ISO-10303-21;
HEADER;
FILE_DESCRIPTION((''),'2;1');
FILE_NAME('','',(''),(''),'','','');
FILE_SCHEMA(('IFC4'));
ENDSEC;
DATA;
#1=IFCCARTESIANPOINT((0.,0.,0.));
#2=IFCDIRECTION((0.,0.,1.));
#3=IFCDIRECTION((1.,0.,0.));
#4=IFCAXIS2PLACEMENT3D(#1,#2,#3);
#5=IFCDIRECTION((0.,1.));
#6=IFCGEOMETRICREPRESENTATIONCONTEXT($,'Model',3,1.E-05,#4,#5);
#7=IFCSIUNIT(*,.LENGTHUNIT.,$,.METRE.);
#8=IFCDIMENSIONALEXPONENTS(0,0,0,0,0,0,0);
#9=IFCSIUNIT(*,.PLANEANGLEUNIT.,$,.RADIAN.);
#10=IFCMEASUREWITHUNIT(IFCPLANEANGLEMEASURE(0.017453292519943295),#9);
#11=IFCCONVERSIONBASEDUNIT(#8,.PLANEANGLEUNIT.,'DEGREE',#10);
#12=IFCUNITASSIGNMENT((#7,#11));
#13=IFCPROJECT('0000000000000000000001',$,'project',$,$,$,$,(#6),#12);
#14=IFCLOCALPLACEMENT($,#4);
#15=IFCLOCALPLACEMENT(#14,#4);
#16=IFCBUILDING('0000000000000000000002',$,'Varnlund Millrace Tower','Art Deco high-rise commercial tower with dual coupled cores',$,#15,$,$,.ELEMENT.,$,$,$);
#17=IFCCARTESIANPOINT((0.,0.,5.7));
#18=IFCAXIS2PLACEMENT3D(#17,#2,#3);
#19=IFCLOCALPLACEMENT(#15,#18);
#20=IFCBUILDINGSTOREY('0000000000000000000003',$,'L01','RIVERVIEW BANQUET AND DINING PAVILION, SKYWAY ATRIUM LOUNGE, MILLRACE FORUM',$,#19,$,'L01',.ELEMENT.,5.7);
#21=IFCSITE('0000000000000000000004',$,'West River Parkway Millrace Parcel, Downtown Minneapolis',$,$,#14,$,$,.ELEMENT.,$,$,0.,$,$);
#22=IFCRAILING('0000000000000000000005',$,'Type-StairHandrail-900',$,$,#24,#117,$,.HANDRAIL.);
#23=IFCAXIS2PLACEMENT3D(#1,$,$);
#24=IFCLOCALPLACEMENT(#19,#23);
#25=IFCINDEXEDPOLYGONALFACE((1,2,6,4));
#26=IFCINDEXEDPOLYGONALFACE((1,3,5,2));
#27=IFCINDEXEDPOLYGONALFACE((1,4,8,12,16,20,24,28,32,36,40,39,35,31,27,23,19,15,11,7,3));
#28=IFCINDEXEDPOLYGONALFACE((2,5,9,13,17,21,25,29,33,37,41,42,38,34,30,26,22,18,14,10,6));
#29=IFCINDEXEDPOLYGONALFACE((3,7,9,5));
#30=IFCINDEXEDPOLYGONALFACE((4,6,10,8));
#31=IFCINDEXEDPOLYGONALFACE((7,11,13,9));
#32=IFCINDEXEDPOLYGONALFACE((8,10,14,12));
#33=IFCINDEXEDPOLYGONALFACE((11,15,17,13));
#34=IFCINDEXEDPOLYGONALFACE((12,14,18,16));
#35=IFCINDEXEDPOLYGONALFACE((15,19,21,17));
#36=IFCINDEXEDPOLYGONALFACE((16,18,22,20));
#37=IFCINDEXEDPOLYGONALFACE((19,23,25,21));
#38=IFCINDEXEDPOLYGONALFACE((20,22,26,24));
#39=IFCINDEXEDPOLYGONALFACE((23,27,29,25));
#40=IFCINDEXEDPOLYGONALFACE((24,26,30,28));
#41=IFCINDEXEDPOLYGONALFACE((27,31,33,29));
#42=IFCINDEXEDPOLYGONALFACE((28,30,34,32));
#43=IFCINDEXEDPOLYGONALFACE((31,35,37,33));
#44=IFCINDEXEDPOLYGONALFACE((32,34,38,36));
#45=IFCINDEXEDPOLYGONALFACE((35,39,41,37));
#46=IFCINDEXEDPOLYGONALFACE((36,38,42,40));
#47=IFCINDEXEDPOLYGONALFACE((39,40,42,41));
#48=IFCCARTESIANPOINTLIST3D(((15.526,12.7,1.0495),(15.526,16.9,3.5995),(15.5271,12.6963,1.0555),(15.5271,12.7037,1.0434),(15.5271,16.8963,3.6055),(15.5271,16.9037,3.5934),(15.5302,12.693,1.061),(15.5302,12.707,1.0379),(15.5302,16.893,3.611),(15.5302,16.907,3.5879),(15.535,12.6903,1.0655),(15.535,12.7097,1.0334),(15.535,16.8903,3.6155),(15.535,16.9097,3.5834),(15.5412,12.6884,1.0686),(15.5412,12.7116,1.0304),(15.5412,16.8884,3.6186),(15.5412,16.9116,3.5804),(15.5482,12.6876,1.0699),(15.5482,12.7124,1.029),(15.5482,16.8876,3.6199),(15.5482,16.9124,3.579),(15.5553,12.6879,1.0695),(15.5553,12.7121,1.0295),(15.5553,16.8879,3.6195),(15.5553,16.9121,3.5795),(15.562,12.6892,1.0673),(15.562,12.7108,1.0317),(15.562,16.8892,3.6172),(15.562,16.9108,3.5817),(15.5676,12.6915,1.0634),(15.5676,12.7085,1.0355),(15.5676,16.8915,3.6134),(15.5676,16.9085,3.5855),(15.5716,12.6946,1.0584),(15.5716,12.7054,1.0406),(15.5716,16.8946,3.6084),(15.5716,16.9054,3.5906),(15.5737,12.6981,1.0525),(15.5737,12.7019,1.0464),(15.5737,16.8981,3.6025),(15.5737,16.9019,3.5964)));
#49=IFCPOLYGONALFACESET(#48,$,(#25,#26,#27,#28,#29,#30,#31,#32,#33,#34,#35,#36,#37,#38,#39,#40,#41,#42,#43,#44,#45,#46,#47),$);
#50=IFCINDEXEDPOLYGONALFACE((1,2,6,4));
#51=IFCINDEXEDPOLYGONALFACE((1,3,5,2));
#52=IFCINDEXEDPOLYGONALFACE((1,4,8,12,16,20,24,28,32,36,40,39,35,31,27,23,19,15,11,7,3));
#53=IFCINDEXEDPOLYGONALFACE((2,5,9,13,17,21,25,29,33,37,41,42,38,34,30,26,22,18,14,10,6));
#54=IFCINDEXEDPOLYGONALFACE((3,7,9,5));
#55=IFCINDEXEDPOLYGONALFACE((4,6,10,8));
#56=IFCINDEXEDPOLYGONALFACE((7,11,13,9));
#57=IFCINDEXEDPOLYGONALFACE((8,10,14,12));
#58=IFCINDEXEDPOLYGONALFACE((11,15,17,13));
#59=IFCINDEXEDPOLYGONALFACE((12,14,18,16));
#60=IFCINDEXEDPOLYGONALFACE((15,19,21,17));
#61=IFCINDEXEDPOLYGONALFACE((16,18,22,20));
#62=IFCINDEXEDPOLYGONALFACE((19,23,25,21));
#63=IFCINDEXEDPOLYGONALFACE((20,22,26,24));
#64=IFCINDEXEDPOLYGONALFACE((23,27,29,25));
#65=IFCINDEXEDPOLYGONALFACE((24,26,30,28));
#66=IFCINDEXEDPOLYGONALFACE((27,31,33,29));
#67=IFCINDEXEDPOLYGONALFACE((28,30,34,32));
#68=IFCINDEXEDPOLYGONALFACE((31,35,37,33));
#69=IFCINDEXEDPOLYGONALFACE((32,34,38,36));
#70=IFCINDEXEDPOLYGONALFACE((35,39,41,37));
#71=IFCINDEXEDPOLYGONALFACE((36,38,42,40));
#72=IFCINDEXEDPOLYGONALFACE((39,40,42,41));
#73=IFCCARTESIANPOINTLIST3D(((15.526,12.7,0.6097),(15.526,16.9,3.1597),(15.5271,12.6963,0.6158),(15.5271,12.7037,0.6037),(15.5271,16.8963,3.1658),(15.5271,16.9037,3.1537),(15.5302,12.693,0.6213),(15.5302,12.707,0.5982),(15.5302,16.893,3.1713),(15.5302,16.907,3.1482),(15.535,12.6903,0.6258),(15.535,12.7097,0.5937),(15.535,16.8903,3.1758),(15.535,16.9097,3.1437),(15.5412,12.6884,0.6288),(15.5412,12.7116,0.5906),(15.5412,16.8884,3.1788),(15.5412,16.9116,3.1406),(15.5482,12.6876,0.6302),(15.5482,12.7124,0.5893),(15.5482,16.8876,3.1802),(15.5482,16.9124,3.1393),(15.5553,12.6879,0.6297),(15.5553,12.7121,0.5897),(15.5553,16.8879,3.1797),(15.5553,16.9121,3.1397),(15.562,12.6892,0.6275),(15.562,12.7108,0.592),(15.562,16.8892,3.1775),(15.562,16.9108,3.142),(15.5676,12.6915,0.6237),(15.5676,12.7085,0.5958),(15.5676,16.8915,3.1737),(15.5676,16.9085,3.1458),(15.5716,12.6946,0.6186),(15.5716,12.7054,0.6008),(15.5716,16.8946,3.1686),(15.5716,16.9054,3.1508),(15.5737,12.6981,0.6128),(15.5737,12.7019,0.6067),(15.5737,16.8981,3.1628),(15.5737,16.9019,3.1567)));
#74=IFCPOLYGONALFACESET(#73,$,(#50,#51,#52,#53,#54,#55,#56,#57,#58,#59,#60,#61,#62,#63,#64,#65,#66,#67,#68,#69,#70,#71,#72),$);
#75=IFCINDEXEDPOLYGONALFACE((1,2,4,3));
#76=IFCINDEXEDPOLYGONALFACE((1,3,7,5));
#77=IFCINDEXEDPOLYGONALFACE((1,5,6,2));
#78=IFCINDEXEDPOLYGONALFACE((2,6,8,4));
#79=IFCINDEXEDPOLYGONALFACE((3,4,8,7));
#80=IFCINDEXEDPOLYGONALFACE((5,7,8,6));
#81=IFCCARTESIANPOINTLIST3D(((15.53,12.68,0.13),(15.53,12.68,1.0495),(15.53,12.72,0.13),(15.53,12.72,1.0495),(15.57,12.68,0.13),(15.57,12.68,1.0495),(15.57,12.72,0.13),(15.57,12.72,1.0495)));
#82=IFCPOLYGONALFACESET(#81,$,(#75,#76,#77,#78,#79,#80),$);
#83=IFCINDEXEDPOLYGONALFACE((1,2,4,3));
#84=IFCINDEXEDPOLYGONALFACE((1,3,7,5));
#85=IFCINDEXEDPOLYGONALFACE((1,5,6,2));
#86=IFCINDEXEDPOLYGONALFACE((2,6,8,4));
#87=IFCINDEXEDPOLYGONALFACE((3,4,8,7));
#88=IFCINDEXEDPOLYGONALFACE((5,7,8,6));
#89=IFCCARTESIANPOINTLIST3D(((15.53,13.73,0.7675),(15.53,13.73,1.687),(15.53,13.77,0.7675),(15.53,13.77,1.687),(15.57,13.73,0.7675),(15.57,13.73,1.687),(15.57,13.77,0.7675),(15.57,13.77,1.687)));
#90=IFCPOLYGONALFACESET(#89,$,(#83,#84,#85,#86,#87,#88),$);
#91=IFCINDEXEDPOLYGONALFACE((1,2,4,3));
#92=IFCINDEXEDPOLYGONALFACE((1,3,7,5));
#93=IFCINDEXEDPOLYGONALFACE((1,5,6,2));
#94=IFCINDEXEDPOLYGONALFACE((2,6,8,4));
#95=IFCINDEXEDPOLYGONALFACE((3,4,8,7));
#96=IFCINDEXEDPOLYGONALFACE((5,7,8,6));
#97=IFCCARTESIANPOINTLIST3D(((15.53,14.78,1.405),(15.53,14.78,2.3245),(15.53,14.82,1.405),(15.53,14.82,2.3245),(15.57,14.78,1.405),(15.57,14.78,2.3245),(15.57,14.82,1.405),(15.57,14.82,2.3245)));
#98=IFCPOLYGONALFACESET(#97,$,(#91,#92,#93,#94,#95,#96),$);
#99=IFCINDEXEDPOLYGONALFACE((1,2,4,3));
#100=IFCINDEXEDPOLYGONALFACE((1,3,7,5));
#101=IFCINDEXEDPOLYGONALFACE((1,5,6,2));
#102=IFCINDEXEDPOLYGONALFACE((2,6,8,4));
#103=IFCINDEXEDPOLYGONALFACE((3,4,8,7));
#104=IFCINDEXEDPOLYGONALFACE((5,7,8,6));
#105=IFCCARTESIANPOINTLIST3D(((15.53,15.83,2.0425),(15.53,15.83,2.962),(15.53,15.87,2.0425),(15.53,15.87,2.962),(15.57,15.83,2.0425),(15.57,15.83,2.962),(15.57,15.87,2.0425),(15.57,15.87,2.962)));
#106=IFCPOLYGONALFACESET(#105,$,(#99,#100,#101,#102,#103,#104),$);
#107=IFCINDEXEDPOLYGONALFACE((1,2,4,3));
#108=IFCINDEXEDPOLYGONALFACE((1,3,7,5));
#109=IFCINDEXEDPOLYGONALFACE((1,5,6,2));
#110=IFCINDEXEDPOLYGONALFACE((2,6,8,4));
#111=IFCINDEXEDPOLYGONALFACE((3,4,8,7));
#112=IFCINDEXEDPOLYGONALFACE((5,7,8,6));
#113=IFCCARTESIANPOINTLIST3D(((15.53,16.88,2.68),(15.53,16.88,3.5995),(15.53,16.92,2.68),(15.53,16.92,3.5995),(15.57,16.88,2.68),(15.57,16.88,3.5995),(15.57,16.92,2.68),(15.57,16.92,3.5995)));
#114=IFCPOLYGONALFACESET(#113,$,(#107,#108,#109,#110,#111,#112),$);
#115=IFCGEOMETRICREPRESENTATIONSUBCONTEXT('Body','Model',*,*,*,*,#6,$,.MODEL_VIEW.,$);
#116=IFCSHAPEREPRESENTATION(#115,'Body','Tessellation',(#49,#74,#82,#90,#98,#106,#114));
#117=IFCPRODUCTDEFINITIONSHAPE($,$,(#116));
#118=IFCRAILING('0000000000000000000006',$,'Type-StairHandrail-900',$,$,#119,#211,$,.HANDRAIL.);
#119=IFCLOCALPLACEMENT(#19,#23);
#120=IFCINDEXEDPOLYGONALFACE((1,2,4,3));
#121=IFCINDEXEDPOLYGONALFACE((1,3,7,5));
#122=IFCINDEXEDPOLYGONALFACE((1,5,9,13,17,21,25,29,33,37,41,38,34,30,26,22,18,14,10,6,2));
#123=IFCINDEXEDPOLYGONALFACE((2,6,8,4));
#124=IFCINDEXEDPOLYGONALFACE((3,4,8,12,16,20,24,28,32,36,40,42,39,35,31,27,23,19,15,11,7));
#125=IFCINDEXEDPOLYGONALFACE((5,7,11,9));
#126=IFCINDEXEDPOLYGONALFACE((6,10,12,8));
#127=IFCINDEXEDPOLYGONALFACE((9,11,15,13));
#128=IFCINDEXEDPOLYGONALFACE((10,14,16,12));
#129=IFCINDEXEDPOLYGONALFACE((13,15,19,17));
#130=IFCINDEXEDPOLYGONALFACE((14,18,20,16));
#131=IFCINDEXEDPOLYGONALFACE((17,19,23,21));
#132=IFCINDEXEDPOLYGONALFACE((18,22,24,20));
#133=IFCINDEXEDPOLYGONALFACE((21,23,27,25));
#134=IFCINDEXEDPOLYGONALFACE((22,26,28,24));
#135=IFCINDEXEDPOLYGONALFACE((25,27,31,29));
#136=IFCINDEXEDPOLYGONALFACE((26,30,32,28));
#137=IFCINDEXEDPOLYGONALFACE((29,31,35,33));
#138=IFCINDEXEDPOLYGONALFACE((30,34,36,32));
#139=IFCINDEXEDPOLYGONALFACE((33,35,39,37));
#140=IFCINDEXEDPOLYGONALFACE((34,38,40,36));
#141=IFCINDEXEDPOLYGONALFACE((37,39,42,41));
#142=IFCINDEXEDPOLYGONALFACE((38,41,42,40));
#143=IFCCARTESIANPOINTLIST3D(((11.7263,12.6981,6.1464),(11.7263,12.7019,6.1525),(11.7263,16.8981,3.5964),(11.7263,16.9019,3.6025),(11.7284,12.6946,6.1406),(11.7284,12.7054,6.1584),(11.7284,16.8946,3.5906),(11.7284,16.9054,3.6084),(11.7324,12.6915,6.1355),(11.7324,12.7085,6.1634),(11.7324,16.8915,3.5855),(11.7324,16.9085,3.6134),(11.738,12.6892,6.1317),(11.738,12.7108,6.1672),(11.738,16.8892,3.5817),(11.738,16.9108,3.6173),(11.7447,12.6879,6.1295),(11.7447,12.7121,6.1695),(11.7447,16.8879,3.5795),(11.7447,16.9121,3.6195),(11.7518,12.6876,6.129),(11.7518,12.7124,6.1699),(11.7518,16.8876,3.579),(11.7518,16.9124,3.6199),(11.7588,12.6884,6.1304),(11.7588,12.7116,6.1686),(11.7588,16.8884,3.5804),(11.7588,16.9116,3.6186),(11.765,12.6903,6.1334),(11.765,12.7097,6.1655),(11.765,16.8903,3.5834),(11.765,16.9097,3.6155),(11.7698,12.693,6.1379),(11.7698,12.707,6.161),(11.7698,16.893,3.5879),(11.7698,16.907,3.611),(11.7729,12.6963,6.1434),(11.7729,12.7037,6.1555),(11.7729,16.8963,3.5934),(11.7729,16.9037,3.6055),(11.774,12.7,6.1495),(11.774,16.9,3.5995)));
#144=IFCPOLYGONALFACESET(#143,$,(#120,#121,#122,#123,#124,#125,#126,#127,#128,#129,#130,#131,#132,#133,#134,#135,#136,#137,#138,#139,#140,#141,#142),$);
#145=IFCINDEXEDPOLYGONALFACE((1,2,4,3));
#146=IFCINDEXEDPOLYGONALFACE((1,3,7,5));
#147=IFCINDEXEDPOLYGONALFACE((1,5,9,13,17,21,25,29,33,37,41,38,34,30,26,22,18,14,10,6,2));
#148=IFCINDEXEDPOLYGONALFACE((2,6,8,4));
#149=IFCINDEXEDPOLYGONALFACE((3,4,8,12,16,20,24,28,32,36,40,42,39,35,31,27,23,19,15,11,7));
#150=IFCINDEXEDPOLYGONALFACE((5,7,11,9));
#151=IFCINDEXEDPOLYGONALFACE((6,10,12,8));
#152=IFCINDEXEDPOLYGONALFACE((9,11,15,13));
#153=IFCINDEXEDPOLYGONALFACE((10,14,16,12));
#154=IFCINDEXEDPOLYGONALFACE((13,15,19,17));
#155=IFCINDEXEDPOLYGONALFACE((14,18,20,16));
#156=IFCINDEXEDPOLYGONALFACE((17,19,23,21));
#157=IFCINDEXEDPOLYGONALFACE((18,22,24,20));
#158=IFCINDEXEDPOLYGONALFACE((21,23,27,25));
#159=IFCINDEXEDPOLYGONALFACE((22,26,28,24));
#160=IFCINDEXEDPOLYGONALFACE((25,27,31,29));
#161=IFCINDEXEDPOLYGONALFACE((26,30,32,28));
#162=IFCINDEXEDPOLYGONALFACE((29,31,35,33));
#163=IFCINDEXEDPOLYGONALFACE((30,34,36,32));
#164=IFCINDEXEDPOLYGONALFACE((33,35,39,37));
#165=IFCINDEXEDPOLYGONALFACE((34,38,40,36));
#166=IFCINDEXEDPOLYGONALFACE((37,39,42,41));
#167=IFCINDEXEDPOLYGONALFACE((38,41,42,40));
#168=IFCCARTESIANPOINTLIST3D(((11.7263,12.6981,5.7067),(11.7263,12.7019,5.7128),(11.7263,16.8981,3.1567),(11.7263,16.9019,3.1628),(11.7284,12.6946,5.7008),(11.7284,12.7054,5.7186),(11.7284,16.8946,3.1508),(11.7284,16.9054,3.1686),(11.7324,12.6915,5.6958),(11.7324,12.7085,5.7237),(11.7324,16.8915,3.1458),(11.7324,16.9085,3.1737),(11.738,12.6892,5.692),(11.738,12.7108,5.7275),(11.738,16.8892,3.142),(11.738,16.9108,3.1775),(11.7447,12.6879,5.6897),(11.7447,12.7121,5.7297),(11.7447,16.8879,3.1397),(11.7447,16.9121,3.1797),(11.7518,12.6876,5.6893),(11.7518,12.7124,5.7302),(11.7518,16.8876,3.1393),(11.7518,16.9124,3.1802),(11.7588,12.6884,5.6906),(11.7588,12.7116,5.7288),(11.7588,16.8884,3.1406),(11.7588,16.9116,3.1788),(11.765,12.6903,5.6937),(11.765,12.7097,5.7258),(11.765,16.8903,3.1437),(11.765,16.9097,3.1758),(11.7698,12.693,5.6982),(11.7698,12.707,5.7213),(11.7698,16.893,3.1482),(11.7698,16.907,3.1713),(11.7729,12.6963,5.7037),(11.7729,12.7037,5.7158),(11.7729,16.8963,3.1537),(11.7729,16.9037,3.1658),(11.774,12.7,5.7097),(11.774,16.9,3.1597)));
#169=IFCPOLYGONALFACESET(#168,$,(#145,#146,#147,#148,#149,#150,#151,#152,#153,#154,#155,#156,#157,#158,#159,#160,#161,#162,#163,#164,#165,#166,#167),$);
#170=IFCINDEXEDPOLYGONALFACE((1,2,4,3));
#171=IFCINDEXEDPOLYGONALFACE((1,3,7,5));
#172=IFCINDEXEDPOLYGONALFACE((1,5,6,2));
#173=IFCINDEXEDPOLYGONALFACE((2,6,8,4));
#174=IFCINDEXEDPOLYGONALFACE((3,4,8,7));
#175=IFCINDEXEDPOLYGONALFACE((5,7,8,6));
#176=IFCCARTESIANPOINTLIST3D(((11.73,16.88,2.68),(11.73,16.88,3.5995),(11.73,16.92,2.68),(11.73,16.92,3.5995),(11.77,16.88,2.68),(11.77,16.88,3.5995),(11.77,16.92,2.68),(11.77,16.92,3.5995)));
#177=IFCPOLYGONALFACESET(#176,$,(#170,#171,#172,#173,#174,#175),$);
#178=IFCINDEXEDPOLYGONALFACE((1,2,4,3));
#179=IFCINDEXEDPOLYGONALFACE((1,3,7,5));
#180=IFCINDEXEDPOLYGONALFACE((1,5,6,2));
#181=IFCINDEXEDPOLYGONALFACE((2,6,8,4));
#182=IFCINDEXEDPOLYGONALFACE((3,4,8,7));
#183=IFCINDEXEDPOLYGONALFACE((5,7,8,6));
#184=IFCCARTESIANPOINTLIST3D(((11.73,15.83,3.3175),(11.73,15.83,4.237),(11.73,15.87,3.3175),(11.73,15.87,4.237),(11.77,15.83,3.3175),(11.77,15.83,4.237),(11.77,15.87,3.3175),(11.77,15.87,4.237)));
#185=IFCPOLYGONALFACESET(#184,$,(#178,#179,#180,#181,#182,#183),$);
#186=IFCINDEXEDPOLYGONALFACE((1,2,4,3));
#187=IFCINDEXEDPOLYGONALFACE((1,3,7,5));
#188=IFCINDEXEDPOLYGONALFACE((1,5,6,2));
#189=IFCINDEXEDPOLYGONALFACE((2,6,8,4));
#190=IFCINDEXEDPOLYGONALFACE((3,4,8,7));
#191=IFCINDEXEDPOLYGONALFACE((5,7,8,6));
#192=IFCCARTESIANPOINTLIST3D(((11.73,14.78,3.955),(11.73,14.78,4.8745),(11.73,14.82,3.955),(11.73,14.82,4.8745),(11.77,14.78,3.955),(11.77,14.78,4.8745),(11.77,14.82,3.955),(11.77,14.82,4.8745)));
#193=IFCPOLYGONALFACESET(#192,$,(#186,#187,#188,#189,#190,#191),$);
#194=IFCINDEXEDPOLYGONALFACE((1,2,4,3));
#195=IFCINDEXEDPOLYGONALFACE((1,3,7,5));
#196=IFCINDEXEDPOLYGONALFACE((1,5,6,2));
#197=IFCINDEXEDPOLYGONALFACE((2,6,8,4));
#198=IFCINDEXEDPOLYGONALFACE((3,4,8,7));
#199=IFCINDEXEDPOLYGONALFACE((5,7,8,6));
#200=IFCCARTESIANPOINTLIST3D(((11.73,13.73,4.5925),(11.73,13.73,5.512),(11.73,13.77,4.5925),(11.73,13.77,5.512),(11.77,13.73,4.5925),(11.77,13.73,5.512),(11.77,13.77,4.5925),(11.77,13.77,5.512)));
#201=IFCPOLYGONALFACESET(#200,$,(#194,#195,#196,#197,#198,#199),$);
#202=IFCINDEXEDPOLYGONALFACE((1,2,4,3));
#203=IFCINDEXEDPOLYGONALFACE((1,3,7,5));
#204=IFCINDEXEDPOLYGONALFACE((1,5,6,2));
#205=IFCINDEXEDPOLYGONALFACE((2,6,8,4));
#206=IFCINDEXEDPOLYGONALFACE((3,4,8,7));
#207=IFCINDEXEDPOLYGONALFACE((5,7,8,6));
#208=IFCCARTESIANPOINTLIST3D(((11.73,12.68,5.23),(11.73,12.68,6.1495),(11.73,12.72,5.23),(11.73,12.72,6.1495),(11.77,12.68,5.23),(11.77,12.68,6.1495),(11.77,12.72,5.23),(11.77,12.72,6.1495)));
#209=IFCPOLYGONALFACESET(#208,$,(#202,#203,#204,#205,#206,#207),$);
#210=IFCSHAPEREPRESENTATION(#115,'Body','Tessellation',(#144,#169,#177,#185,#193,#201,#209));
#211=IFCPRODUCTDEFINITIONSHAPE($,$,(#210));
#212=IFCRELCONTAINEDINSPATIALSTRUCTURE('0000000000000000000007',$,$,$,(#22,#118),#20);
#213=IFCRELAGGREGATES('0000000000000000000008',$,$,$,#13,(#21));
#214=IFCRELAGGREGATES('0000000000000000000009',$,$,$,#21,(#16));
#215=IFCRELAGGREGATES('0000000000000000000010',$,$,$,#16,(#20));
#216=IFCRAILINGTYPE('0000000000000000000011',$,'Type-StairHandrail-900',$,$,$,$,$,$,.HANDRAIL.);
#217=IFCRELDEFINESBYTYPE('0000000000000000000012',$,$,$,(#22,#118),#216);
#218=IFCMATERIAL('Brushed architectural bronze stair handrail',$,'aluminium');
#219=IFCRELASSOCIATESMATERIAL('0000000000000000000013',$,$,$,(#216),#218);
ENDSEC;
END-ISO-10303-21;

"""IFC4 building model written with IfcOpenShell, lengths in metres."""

from ifc_helpers import new_model, entity, si_unit, converted_unit, direction, frame, origin_with_axes, origin_2d_with_axis, place, context, subcontext, project, spatial, rectangle, circle, extrude, material, type_object, element, save


model = new_model("IFC4")

# Units and contexts
model_context = context("Model", 3, precision=1e-05, world=origin_with_axes(), true_north=direction((0.0, 1.0)))
body_context = subcontext(model_context, "Body", "Model", "MODEL_VIEW")
ifc_project = project(units=[si_unit("LENGTHUNIT", "METRE"), converted_unit("PLANEANGLEUNIT", "DEGREE", entity("IfcPlaneAngleMeasure", 0.017453292519943295), si_unit("PLANEANGLEUNIT", "RADIAN"), dimensions=[0, 0, 0, 0, 0, 0, 0])], contexts=[model_context])

# Site, building, storey
site_placement = place(None, origin_with_axes())
site = spatial("IfcSite", under=ifc_project, at=site_placement, Name="West River Parkway Millrace Parcel, Downtown Minneapolis", CompositionType="ELEMENT", RefElevation=0.0)
building_placement = place(site_placement, origin_with_axes())
building = spatial("IfcBuilding", under=site, at=building_placement, Name="Varnlund Millrace Tower", Description="Art Deco high-rise commercial tower with dual coupled cores", CompositionType="ELEMENT")
storey_placement = place(building_placement, frame((0.0, 0.0, 5.7), z_axis=(0.0, 0.0, 1.0), x_axis=(1.0, 0.0, 0.0)))
storey = spatial("IfcBuildingStorey", under=building, at=storey_placement, Name="L01", Description="RIVERVIEW BANQUET AND DINING PAVILION, SKYWAY ATRIUM LOUNGE, MILLRACE FORUM", LongName="L01", CompositionType="ELEMENT", Elevation=5.7)

# Railings
ifc_material_1 = material(Name="Brushed architectural bronze stair handrail", Category="aluminium")
railing_type_1 = type_object("IfcRailingType", Name="Type-StairHandrail-900", PredefinedType="HANDRAIL", material=ifc_material_1)
railing_1_placement = place(storey_placement, frame((0.0, 0.0, -5.7), z_axis=(0.0, 0.0, 1.0), x_axis=(1.0, 0.0, 0.0)))
element("IfcRailing", 1, at=railing_1_placement, inside=storey, type_object=railing_type_1, Name="Type-StairHandrail-900", PredefinedType="HANDRAIL", context=body_context, shape_type="SweptSolid", body=[
    extrude(circle(Radius=0.024, at=origin_2d_with_axis()), frame((15.55, 12.7, 6.7495), z_axis=(0.0, 0.854788, 0.518978), x_axis=(-1.0, 0.0, 0.0)), (0.0, 0.0, 1.0), 4.9135),
    extrude(circle(Radius=0.024, at=origin_2d_with_axis()), frame((15.55, 12.7, 6.3097), z_axis=(0.0, 0.854788, 0.518978), x_axis=(-1.0, 0.0, 0.0)), (0.0, 0.0, 1.0), 4.9135),
    extrude(rectangle(XDim=0.04, YDim=0.04, at=origin_2d_with_axis()), frame((15.55, 12.7, 5.83), z_axis=(0.0, 0.0, 1.0), x_axis=(1.0, 0.0, 0.0)), (0.0, 0.0, 1.0), 0.9195),
    extrude(rectangle(XDim=0.04, YDim=0.04, at=origin_2d_with_axis()), frame((15.55, 13.75, 6.4675), z_axis=(0.0, 0.0, 1.0), x_axis=(1.0, 0.0, 0.0)), (0.0, 0.0, 1.0), 0.9195),
    extrude(rectangle(XDim=0.04, YDim=0.04, at=origin_2d_with_axis()), frame((15.55, 14.8, 7.105), z_axis=(0.0, 0.0, 1.0), x_axis=(1.0, 0.0, 0.0)), (0.0, 0.0, 1.0), 0.9195),
    extrude(rectangle(XDim=0.04, YDim=0.04, at=origin_2d_with_axis()), frame((15.55, 15.85, 7.7425), z_axis=(0.0, 0.0, 1.0), x_axis=(1.0, 0.0, 0.0)), (0.0, 0.0, 1.0), 0.9195),
    extrude(rectangle(XDim=0.04, YDim=0.04, at=origin_2d_with_axis()), frame((15.55, 16.9, 8.38), z_axis=(0.0, 0.0, 1.0), x_axis=(1.0, 0.0, 0.0)), (0.0, 0.0, 1.0), 0.9195),
])
railing_2_placement = place(storey_placement, frame((0.0, 0.0, -5.7), z_axis=(0.0, 0.0, 1.0), x_axis=(1.0, 0.0, 0.0)))
element("IfcRailing", 2, at=railing_2_placement, inside=storey, type_object=railing_type_1, Name="Type-StairHandrail-900", PredefinedType="HANDRAIL", context=body_context, shape_type="SweptSolid", body=[
    extrude(circle(Radius=0.024, at=origin_2d_with_axis()), frame((11.75, 16.9, 9.2995), z_axis=(0.0, -0.854788, 0.518978), x_axis=(1.0, 0.0, 0.0)), (0.0, 0.0, 1.0), 4.9135),
    extrude(circle(Radius=0.024, at=origin_2d_with_axis()), frame((11.75, 16.9, 8.8597), z_axis=(0.0, -0.854788, 0.518978), x_axis=(1.0, 0.0, 0.0)), (0.0, 0.0, 1.0), 4.9135),
    extrude(rectangle(XDim=0.04, YDim=0.04, at=origin_2d_with_axis()), frame((11.75, 16.9, 8.38), z_axis=(0.0, 0.0, 1.0), x_axis=(1.0, 0.0, 0.0)), (0.0, 0.0, 1.0), 0.9195),
    extrude(rectangle(XDim=0.04, YDim=0.04, at=origin_2d_with_axis()), frame((11.75, 15.85, 9.0175), z_axis=(0.0, 0.0, 1.0), x_axis=(1.0, 0.0, 0.0)), (0.0, 0.0, 1.0), 0.9195),
    extrude(rectangle(XDim=0.04, YDim=0.04, at=origin_2d_with_axis()), frame((11.75, 14.8, 9.655), z_axis=(0.0, 0.0, 1.0), x_axis=(1.0, 0.0, 0.0)), (0.0, 0.0, 1.0), 0.9195),
    extrude(rectangle(XDim=0.04, YDim=0.04, at=origin_2d_with_axis()), frame((11.75, 13.75, 10.2925), z_axis=(0.0, 0.0, 1.0), x_axis=(1.0, 0.0, 0.0)), (0.0, 0.0, 1.0), 0.9195),
    extrude(rectangle(XDim=0.04, YDim=0.04, at=origin_2d_with_axis()), frame((11.75, 12.7, 10.93), z_axis=(0.0, 0.0, 1.0), x_axis=(1.0, 0.0, 0.0)), (0.0, 0.0, 1.0), 0.9195),
])

save(model, "model.ifc")
